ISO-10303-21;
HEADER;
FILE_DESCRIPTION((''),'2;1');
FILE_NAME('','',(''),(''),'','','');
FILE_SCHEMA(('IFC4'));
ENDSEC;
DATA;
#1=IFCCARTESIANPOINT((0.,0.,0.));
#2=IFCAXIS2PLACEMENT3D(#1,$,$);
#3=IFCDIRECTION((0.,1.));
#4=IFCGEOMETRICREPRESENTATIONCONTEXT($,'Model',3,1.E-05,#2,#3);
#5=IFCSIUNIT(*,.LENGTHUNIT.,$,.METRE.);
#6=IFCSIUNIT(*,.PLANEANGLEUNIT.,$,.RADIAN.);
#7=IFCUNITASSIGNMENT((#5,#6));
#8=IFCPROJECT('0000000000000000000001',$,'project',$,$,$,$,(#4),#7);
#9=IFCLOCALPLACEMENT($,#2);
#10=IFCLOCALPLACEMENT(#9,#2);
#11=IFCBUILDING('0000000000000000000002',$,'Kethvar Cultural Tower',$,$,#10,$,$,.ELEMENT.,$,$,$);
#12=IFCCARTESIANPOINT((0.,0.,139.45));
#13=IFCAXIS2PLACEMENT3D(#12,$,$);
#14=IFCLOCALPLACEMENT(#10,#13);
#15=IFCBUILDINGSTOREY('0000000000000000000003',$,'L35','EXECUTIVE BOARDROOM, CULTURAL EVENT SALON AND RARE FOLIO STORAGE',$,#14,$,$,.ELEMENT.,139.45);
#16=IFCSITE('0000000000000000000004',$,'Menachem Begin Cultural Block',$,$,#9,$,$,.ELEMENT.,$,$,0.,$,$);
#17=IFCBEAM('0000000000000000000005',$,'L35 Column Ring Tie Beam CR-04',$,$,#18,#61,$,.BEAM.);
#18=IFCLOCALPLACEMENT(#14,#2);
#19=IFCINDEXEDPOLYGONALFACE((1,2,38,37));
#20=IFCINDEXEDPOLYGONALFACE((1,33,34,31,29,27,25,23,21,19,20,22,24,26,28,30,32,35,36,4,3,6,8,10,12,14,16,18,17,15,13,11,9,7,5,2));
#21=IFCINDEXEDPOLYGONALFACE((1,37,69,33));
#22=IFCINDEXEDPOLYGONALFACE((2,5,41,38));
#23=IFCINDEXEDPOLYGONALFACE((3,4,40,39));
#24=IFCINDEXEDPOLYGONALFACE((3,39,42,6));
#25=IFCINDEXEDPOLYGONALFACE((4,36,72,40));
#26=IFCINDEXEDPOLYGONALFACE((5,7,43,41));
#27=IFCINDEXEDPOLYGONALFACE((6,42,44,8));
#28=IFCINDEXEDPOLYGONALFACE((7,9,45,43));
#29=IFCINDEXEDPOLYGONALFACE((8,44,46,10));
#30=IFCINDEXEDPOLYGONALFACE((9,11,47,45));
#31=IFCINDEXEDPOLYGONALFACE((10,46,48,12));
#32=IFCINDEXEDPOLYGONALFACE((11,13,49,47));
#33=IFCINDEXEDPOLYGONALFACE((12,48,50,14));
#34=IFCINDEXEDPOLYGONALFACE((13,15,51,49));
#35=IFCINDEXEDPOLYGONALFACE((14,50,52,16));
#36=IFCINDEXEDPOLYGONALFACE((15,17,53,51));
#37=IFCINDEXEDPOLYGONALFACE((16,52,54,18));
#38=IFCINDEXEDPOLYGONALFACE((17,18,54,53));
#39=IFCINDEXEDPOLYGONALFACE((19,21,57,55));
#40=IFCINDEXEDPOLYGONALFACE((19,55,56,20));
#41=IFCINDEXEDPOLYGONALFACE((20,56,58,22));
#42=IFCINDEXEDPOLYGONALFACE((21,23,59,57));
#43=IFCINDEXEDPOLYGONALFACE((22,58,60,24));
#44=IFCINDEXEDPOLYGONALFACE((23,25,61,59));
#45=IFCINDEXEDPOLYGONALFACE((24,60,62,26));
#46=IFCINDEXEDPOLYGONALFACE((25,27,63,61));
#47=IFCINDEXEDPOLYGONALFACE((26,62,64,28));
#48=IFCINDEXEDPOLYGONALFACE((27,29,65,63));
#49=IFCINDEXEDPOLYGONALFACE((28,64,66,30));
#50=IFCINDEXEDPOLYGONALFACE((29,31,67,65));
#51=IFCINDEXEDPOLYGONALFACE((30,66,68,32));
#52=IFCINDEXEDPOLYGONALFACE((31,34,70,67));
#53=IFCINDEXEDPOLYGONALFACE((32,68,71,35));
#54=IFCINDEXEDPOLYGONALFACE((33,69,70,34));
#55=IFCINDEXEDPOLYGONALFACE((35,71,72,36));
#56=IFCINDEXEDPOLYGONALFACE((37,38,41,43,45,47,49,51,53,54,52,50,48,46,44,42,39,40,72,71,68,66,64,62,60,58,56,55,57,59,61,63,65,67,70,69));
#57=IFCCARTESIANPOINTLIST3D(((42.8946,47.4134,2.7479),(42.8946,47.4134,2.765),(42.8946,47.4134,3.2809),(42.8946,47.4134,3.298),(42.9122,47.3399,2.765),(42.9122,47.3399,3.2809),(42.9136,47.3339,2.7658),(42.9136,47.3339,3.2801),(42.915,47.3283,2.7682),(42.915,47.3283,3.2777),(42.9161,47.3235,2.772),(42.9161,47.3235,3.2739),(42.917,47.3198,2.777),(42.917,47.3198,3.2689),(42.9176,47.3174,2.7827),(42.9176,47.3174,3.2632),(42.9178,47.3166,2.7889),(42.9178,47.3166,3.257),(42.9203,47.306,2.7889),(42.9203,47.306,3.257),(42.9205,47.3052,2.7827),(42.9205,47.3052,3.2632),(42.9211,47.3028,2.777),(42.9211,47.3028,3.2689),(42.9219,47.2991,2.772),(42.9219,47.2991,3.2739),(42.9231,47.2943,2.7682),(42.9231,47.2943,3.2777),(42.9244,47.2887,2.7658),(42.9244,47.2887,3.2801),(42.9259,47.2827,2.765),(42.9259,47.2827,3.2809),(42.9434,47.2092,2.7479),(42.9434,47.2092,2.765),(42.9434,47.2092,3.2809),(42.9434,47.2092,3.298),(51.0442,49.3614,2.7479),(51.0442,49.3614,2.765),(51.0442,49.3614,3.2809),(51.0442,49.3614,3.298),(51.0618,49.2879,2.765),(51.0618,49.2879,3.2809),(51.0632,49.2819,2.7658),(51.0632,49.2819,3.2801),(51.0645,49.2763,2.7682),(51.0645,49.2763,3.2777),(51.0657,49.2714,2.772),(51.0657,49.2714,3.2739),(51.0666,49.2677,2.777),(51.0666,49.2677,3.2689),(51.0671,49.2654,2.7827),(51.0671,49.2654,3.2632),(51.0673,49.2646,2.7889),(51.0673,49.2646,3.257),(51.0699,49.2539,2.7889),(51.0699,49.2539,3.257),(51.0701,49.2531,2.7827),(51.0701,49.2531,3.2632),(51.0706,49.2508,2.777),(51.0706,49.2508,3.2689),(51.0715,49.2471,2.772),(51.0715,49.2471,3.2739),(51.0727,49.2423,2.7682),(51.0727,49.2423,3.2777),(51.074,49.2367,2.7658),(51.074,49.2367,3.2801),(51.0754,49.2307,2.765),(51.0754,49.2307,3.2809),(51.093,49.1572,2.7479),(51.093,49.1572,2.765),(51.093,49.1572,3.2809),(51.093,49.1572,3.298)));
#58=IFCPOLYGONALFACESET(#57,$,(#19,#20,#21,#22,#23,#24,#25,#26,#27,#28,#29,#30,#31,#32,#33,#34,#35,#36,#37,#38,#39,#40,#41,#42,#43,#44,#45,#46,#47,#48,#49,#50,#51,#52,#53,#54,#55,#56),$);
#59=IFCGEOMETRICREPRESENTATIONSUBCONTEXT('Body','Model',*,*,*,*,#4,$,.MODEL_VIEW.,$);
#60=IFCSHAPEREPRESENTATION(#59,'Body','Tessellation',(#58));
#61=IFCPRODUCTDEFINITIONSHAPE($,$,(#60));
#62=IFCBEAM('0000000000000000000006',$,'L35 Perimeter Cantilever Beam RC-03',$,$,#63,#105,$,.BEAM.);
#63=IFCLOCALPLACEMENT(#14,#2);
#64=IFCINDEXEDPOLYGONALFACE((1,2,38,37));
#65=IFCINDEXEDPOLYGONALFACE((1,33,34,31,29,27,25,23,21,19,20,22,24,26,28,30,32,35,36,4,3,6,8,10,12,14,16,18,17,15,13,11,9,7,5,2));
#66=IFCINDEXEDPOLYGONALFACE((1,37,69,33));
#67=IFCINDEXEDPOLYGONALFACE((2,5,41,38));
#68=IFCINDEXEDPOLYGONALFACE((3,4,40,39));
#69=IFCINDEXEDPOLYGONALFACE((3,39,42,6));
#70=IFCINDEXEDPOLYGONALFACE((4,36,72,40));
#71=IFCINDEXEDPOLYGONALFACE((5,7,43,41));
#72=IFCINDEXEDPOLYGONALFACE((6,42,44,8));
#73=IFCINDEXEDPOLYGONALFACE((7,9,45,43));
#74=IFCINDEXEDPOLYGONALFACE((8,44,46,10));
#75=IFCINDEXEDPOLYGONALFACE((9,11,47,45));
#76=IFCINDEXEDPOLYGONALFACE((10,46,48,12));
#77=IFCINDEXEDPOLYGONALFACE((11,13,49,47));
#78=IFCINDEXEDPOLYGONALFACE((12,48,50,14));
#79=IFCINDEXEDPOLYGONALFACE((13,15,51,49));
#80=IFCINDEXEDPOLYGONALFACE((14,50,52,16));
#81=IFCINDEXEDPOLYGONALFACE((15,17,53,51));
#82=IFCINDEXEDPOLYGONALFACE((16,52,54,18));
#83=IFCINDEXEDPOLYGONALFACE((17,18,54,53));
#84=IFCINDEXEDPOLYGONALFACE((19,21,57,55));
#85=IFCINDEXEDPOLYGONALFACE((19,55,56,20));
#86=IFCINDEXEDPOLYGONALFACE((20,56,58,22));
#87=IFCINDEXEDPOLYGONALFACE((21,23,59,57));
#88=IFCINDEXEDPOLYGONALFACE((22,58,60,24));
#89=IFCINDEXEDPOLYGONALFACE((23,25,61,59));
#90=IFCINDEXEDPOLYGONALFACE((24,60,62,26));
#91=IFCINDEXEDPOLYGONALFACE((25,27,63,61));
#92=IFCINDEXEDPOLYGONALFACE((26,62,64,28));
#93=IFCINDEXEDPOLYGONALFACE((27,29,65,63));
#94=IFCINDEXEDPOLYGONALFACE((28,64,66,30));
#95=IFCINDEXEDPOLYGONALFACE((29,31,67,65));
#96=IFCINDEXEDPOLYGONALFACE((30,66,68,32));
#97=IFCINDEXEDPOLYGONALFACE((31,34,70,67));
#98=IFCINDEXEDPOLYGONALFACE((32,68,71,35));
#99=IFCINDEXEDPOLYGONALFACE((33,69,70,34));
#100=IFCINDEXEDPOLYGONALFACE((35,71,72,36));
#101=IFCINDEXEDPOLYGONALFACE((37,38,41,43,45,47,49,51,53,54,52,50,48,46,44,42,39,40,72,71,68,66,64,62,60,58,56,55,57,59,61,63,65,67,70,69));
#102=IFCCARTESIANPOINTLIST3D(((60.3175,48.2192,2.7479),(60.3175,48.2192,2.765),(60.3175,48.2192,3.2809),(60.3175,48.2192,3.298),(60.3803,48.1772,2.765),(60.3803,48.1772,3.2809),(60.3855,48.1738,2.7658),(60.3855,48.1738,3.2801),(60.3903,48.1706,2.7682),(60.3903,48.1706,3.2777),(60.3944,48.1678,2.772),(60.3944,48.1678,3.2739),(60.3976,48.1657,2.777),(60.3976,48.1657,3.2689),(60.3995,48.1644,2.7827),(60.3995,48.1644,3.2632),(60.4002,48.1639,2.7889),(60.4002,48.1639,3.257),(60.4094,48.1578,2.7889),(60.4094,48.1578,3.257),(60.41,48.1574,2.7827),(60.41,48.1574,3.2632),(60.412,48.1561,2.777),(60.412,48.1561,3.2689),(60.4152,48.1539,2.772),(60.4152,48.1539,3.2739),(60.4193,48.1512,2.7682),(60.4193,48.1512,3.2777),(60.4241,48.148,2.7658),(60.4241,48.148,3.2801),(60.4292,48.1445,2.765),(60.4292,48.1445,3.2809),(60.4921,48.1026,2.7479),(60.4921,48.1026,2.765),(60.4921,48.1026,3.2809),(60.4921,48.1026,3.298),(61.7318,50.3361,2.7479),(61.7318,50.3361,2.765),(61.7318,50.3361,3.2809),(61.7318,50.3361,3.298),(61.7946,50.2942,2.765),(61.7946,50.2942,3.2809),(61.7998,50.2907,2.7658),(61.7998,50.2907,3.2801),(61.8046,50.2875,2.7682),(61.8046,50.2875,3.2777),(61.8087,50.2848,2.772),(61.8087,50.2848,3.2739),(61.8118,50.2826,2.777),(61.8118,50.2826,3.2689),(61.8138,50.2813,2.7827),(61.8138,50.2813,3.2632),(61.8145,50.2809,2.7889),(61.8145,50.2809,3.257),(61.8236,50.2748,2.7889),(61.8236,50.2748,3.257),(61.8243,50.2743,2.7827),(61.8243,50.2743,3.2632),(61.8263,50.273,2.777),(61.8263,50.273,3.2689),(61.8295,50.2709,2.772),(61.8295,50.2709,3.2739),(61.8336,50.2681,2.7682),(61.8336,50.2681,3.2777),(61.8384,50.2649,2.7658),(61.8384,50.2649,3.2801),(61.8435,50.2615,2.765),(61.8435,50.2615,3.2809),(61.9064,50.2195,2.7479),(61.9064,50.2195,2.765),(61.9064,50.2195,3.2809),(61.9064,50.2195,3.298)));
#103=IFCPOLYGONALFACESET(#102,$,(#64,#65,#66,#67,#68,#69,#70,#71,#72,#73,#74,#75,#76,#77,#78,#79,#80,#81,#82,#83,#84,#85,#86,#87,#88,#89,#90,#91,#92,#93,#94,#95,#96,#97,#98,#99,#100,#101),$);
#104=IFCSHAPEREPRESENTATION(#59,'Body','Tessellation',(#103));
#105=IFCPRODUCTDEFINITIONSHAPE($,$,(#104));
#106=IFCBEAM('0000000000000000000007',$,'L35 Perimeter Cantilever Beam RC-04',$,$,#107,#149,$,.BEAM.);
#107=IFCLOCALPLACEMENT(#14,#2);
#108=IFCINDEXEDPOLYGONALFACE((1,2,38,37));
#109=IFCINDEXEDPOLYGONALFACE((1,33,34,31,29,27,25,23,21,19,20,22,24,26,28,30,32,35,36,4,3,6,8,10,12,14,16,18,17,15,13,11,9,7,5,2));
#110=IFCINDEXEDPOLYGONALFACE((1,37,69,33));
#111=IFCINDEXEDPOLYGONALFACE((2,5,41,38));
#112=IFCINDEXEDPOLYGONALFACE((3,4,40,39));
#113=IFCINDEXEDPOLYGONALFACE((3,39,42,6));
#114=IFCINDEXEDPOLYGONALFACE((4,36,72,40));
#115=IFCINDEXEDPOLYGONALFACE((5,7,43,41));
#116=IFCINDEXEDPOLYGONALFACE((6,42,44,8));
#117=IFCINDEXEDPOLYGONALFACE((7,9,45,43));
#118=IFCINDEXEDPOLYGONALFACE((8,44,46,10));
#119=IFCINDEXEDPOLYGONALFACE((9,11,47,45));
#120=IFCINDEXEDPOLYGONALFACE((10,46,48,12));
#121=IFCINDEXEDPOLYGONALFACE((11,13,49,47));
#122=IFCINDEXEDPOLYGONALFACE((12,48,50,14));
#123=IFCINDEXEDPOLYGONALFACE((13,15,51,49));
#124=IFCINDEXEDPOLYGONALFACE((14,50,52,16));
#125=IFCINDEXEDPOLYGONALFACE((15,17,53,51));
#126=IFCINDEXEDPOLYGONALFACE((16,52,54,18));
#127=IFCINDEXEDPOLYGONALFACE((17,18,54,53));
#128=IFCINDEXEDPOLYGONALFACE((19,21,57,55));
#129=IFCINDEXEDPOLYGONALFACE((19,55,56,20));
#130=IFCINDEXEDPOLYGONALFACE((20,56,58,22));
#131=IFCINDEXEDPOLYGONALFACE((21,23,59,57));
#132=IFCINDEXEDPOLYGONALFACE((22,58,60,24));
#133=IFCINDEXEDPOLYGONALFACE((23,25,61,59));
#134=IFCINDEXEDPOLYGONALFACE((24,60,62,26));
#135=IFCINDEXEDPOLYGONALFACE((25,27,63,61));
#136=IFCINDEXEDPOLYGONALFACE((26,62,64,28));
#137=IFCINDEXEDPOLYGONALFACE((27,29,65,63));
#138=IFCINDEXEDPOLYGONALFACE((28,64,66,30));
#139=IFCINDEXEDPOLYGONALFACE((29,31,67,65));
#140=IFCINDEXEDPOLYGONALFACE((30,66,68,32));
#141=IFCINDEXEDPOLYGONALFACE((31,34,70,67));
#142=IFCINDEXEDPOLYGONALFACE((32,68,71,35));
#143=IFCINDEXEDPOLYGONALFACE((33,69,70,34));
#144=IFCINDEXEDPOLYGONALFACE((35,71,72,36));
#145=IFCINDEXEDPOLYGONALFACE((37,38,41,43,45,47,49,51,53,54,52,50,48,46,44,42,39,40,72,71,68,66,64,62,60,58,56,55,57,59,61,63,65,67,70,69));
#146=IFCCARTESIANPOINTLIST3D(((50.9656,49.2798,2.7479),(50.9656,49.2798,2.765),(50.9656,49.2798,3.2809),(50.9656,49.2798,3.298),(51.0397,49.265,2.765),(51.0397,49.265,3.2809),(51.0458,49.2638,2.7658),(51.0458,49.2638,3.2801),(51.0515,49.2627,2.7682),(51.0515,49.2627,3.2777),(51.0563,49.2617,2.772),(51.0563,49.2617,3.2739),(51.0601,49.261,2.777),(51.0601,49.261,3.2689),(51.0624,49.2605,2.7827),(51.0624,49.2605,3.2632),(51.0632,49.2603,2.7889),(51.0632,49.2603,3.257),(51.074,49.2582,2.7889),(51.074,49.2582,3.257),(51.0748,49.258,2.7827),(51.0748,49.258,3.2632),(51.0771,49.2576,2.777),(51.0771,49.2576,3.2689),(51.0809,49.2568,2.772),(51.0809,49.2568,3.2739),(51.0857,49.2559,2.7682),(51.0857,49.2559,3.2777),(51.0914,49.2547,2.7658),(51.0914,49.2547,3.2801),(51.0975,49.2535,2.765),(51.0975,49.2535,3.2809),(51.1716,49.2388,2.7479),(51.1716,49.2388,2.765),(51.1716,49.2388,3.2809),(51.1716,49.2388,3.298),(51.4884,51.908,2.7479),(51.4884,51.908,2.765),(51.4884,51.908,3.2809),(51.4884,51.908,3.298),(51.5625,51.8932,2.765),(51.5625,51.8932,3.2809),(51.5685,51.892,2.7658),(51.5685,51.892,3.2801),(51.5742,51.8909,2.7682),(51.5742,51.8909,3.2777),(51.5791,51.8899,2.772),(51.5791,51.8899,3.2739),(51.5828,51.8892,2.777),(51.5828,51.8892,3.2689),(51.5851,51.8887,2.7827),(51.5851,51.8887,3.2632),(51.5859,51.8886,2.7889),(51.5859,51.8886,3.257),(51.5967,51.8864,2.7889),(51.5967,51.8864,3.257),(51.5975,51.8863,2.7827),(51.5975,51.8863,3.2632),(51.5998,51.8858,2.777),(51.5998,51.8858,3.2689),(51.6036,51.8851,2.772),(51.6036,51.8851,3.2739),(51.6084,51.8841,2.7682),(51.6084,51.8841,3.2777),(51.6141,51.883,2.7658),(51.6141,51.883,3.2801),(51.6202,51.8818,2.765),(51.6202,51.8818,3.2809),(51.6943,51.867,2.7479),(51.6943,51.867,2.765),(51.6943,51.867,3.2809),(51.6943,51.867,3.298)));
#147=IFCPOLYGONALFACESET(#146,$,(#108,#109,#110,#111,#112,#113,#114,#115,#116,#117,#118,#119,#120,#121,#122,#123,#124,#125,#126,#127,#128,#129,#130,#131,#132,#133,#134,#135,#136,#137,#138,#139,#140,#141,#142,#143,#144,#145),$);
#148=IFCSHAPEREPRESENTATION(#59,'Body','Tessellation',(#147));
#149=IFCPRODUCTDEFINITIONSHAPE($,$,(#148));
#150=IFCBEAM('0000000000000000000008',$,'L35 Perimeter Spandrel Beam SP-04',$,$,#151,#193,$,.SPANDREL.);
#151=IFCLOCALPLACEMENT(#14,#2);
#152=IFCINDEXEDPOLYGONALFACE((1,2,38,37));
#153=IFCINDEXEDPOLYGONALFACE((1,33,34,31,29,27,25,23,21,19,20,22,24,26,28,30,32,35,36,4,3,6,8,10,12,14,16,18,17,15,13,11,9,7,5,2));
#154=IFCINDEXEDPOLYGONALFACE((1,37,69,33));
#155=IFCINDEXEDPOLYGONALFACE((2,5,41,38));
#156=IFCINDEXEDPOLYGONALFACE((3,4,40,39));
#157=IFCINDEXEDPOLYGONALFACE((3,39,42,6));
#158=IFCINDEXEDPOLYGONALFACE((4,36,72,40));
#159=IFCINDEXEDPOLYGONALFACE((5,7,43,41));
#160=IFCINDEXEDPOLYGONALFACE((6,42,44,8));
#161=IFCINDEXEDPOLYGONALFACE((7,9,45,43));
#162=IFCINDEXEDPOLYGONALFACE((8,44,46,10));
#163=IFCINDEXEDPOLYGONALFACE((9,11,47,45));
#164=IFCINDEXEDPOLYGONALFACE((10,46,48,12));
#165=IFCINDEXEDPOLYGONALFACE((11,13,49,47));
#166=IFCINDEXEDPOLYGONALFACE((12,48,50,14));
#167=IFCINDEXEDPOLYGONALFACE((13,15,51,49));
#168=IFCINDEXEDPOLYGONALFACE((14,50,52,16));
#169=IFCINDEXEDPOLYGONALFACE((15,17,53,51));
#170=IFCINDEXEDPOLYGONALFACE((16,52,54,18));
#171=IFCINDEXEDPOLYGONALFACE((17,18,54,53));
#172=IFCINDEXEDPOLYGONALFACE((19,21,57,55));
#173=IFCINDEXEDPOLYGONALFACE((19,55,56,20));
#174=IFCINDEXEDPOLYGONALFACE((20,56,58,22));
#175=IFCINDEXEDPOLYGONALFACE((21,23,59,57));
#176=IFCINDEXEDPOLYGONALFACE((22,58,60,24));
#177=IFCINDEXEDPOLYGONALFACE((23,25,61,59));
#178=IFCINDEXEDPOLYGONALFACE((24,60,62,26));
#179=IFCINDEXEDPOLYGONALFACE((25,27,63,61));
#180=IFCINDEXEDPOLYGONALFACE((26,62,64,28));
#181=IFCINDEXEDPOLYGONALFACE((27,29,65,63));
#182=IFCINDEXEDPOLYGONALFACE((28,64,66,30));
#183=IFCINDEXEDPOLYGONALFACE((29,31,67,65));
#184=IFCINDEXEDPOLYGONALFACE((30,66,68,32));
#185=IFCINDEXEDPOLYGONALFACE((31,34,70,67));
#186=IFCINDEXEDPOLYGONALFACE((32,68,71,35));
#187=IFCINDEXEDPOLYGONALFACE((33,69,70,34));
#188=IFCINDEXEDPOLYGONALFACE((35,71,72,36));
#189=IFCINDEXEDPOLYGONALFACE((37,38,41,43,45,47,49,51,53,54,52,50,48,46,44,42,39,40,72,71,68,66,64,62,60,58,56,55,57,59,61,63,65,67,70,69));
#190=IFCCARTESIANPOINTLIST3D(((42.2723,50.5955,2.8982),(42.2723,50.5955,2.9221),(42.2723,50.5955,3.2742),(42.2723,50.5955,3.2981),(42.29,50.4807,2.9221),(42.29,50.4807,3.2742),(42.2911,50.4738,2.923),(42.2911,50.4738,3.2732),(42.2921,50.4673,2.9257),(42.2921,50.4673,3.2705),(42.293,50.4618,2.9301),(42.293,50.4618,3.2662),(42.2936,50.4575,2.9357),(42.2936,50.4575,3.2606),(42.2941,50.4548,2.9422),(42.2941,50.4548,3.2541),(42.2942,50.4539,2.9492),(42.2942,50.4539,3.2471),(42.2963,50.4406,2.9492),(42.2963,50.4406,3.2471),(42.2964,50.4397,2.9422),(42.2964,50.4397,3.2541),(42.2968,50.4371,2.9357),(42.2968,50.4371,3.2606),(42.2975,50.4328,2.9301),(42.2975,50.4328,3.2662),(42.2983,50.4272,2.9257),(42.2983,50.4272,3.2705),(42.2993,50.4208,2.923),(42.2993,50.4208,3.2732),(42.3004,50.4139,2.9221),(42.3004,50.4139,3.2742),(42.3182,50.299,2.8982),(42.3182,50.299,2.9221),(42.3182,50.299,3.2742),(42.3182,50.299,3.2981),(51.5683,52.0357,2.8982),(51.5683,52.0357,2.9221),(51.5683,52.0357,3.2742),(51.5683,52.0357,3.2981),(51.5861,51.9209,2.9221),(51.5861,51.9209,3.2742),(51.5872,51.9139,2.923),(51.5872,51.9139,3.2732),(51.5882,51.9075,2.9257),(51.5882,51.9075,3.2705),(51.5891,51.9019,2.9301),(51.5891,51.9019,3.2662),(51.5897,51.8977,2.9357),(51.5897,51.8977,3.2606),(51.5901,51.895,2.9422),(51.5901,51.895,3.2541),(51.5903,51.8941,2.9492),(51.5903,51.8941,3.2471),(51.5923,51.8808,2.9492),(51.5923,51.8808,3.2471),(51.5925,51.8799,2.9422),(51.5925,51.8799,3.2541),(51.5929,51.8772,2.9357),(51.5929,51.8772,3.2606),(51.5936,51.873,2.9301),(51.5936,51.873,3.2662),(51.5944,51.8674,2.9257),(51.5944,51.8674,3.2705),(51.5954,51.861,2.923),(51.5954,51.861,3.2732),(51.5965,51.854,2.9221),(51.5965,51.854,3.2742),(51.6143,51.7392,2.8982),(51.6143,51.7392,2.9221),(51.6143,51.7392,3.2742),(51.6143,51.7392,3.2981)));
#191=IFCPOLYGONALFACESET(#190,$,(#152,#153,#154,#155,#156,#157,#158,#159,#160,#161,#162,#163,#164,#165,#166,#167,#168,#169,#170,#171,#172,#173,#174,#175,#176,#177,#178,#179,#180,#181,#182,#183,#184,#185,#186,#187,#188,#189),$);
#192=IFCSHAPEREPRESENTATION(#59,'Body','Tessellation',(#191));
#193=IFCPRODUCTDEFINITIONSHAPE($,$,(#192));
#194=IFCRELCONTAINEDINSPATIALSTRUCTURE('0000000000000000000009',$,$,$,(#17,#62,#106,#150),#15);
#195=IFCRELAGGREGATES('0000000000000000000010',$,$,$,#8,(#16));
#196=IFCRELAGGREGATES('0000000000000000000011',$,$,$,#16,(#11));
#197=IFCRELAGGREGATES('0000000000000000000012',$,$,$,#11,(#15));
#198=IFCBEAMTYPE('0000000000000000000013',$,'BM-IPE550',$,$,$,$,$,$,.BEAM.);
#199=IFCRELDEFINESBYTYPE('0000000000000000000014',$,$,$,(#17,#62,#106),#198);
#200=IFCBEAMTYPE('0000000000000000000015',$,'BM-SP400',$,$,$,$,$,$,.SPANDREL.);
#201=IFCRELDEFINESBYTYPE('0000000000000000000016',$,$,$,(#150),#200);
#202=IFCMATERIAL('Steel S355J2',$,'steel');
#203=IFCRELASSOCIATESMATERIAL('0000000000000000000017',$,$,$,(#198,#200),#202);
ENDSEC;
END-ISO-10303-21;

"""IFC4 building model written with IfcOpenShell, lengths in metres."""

from ifc_helpers import new_model, si_unit, direction, frame, origin, origin_2d, place, context, subcontext, project, spatial, i_section, extrude, source, transform, mapped, material, material_profile, profile_set, type_object, element, save


model = new_model("IFC4")

# Units and contexts
model_context = context("Model", 3, precision=1e-05, world=origin(), true_north=direction((0.0, 1.0)))
body_context = subcontext(model_context, "Body", "Model", "MODEL_VIEW")
ifc_project = project(units=[si_unit("LENGTHUNIT", "METRE"), si_unit("PLANEANGLEUNIT", "RADIAN")], contexts=[model_context])

# Site, building, storey
site_placement = place(None, origin())
site = spatial("IfcSite", under=ifc_project, at=site_placement, Name="Menachem Begin Cultural Block", CompositionType="ELEMENT", RefElevation=0.0)
building_placement = place(site_placement, origin())
building = spatial("IfcBuilding", under=site, at=building_placement, Name="Kethvar Cultural Tower", CompositionType="ELEMENT")
storey_placement = place(building_placement, frame((0.0, 0.0, 139.45)))
storey = spatial("IfcBuildingStorey", under=building, at=storey_placement, Name="L35", Description="EXECUTIVE BOARDROOM, CULTURAL EVENT SALON AND RARE FOLIO STORAGE", CompositionType="ELEMENT", Elevation=139.45)

# Beams
ifc_material_1 = material(Name="Steel S355J2", Category="steel")
ifc_material_profile_1 = material_profile(ifc_material_1, i_section(OverallWidth=0.21, OverallDepth=0.55, WebThickness=0.011, FlangeThickness=0.0171, FilletRadius=0.0239, at=origin_2d()), Name="Steel S355J2 — IPE550")
ifc_profile_set_1 = profile_set([ifc_material_profile_1], Name="Steel S355J2 — IPE550")
beam_type_1 = type_object("IfcBeamType", Name="BM-IPE550", PredefinedType="BEAM", material=ifc_profile_set_1)
shared_shape_1 = source(origin(), body_context, "Body", "SweptSolid", [
    extrude(i_section(OverallWidth=0.21, OverallDepth=0.55, WebThickness=0.011, FlangeThickness=0.0171, FilletRadius=0.0239, at=origin_2d()), origin(), (0.0, 0.0, 1.0), 8.3792),
])
beam_1_placement = place(storey_placement, frame((51.0686, 49.2593, 3.0229), z_axis=(-0.972601, -0.232479, 0.0), x_axis=(0.232479, -0.972601, 0.0)))
element("IfcBeam", 1, at=beam_1_placement, inside=storey, type_object=beam_type_1, Name="L35 Column Ring Tie Beam CR-04", PredefinedType="BEAM", context=body_context, shape_type="MappedRepresentation", body=[
    mapped(shared_shape_1, transform((0.0, 0.0, 0.0), scale=1.0)),
])
shared_shape_2 = source(origin(), body_context, "Body", "SweptSolid", [
    extrude(i_section(OverallWidth=0.21, OverallDepth=0.55, WebThickness=0.011, FlangeThickness=0.0171, FilletRadius=0.0239, at=origin_2d()), origin(), (0.0, 0.0, 1.0), 2.5459),
])
beam_2_placement = place(storey_placement, frame((60.4048, 48.1609, 3.0229), z_axis=(0.555519, 0.831504, 0.0), x_axis=(-0.831504, 0.555519, 0.0)))
element("IfcBeam", 2, at=beam_2_placement, inside=storey, type_object=beam_type_1, Name="L35 Perimeter Cantilever Beam RC-03", PredefinedType="BEAM", context=body_context, shape_type="MappedRepresentation", body=[
    mapped(shared_shape_2, transform((0.0, 0.0, 0.0), scale=1.0)),
])
shared_shape_3 = source(origin(), body_context, "Body", "SweptSolid", [
    extrude(i_section(OverallWidth=0.21, OverallDepth=0.55, WebThickness=0.011, FlangeThickness=0.0171, FilletRadius=0.0239, at=origin_2d()), origin(), (0.0, 0.0, 1.0), 2.6797),
])
beam_3_placement = place(storey_placement, frame((51.0686, 49.2593, 3.0229), z_axis=(0.195065, 0.98079, 0.0), x_axis=(-0.98079, 0.195065, 0.0)))
element("IfcBeam", 3, at=beam_3_placement, inside=storey, type_object=beam_type_1, Name="L35 Perimeter Cantilever Beam RC-04", PredefinedType="BEAM", context=body_context, shape_type="MappedRepresentation", body=[
    mapped(shared_shape_3, transform((0.0, 0.0, 0.0), scale=1.0)),
])
ifc_material_profile_2 = material_profile(ifc_material_1, i_section(OverallWidth=0.3, OverallDepth=0.3999, WebThickness=0.0134, FlangeThickness=0.0239, FilletRadius=0.0271, at=origin_2d()), Name="Steel S355J2 — HEB400")
ifc_profile_set_2 = profile_set([ifc_material_profile_2], Name="Steel S355J2 — HEB400")
beam_type_2 = type_object("IfcBeamType", Name="BM-SP400", PredefinedType="SPANDREL", material=ifc_profile_set_2)
shared_shape_4 = source(origin(), body_context, "Body", "SweptSolid", [
    extrude(i_section(OverallWidth=0.3, OverallDepth=0.3999, WebThickness=0.0134, FlangeThickness=0.0239, FilletRadius=0.0271, at=origin_2d()), origin(), (0.0, 0.0, 1.0), 9.407),
])
beam_4_placement = place(storey_placement, frame((51.5913, 51.8875, 3.0981), z_axis=(-0.988211, -0.153097, 0.0), x_axis=(0.153097, -0.988211, 0.0)))
element("IfcBeam", 4, at=beam_4_placement, inside=storey, type_object=beam_type_2, Name="L35 Perimeter Spandrel Beam SP-04", PredefinedType="SPANDREL", context=body_context, shape_type="MappedRepresentation", body=[
    mapped(shared_shape_4, transform((0.0, 0.0, 0.0), scale=1.0)),
])

save(model, "model.ifc")
